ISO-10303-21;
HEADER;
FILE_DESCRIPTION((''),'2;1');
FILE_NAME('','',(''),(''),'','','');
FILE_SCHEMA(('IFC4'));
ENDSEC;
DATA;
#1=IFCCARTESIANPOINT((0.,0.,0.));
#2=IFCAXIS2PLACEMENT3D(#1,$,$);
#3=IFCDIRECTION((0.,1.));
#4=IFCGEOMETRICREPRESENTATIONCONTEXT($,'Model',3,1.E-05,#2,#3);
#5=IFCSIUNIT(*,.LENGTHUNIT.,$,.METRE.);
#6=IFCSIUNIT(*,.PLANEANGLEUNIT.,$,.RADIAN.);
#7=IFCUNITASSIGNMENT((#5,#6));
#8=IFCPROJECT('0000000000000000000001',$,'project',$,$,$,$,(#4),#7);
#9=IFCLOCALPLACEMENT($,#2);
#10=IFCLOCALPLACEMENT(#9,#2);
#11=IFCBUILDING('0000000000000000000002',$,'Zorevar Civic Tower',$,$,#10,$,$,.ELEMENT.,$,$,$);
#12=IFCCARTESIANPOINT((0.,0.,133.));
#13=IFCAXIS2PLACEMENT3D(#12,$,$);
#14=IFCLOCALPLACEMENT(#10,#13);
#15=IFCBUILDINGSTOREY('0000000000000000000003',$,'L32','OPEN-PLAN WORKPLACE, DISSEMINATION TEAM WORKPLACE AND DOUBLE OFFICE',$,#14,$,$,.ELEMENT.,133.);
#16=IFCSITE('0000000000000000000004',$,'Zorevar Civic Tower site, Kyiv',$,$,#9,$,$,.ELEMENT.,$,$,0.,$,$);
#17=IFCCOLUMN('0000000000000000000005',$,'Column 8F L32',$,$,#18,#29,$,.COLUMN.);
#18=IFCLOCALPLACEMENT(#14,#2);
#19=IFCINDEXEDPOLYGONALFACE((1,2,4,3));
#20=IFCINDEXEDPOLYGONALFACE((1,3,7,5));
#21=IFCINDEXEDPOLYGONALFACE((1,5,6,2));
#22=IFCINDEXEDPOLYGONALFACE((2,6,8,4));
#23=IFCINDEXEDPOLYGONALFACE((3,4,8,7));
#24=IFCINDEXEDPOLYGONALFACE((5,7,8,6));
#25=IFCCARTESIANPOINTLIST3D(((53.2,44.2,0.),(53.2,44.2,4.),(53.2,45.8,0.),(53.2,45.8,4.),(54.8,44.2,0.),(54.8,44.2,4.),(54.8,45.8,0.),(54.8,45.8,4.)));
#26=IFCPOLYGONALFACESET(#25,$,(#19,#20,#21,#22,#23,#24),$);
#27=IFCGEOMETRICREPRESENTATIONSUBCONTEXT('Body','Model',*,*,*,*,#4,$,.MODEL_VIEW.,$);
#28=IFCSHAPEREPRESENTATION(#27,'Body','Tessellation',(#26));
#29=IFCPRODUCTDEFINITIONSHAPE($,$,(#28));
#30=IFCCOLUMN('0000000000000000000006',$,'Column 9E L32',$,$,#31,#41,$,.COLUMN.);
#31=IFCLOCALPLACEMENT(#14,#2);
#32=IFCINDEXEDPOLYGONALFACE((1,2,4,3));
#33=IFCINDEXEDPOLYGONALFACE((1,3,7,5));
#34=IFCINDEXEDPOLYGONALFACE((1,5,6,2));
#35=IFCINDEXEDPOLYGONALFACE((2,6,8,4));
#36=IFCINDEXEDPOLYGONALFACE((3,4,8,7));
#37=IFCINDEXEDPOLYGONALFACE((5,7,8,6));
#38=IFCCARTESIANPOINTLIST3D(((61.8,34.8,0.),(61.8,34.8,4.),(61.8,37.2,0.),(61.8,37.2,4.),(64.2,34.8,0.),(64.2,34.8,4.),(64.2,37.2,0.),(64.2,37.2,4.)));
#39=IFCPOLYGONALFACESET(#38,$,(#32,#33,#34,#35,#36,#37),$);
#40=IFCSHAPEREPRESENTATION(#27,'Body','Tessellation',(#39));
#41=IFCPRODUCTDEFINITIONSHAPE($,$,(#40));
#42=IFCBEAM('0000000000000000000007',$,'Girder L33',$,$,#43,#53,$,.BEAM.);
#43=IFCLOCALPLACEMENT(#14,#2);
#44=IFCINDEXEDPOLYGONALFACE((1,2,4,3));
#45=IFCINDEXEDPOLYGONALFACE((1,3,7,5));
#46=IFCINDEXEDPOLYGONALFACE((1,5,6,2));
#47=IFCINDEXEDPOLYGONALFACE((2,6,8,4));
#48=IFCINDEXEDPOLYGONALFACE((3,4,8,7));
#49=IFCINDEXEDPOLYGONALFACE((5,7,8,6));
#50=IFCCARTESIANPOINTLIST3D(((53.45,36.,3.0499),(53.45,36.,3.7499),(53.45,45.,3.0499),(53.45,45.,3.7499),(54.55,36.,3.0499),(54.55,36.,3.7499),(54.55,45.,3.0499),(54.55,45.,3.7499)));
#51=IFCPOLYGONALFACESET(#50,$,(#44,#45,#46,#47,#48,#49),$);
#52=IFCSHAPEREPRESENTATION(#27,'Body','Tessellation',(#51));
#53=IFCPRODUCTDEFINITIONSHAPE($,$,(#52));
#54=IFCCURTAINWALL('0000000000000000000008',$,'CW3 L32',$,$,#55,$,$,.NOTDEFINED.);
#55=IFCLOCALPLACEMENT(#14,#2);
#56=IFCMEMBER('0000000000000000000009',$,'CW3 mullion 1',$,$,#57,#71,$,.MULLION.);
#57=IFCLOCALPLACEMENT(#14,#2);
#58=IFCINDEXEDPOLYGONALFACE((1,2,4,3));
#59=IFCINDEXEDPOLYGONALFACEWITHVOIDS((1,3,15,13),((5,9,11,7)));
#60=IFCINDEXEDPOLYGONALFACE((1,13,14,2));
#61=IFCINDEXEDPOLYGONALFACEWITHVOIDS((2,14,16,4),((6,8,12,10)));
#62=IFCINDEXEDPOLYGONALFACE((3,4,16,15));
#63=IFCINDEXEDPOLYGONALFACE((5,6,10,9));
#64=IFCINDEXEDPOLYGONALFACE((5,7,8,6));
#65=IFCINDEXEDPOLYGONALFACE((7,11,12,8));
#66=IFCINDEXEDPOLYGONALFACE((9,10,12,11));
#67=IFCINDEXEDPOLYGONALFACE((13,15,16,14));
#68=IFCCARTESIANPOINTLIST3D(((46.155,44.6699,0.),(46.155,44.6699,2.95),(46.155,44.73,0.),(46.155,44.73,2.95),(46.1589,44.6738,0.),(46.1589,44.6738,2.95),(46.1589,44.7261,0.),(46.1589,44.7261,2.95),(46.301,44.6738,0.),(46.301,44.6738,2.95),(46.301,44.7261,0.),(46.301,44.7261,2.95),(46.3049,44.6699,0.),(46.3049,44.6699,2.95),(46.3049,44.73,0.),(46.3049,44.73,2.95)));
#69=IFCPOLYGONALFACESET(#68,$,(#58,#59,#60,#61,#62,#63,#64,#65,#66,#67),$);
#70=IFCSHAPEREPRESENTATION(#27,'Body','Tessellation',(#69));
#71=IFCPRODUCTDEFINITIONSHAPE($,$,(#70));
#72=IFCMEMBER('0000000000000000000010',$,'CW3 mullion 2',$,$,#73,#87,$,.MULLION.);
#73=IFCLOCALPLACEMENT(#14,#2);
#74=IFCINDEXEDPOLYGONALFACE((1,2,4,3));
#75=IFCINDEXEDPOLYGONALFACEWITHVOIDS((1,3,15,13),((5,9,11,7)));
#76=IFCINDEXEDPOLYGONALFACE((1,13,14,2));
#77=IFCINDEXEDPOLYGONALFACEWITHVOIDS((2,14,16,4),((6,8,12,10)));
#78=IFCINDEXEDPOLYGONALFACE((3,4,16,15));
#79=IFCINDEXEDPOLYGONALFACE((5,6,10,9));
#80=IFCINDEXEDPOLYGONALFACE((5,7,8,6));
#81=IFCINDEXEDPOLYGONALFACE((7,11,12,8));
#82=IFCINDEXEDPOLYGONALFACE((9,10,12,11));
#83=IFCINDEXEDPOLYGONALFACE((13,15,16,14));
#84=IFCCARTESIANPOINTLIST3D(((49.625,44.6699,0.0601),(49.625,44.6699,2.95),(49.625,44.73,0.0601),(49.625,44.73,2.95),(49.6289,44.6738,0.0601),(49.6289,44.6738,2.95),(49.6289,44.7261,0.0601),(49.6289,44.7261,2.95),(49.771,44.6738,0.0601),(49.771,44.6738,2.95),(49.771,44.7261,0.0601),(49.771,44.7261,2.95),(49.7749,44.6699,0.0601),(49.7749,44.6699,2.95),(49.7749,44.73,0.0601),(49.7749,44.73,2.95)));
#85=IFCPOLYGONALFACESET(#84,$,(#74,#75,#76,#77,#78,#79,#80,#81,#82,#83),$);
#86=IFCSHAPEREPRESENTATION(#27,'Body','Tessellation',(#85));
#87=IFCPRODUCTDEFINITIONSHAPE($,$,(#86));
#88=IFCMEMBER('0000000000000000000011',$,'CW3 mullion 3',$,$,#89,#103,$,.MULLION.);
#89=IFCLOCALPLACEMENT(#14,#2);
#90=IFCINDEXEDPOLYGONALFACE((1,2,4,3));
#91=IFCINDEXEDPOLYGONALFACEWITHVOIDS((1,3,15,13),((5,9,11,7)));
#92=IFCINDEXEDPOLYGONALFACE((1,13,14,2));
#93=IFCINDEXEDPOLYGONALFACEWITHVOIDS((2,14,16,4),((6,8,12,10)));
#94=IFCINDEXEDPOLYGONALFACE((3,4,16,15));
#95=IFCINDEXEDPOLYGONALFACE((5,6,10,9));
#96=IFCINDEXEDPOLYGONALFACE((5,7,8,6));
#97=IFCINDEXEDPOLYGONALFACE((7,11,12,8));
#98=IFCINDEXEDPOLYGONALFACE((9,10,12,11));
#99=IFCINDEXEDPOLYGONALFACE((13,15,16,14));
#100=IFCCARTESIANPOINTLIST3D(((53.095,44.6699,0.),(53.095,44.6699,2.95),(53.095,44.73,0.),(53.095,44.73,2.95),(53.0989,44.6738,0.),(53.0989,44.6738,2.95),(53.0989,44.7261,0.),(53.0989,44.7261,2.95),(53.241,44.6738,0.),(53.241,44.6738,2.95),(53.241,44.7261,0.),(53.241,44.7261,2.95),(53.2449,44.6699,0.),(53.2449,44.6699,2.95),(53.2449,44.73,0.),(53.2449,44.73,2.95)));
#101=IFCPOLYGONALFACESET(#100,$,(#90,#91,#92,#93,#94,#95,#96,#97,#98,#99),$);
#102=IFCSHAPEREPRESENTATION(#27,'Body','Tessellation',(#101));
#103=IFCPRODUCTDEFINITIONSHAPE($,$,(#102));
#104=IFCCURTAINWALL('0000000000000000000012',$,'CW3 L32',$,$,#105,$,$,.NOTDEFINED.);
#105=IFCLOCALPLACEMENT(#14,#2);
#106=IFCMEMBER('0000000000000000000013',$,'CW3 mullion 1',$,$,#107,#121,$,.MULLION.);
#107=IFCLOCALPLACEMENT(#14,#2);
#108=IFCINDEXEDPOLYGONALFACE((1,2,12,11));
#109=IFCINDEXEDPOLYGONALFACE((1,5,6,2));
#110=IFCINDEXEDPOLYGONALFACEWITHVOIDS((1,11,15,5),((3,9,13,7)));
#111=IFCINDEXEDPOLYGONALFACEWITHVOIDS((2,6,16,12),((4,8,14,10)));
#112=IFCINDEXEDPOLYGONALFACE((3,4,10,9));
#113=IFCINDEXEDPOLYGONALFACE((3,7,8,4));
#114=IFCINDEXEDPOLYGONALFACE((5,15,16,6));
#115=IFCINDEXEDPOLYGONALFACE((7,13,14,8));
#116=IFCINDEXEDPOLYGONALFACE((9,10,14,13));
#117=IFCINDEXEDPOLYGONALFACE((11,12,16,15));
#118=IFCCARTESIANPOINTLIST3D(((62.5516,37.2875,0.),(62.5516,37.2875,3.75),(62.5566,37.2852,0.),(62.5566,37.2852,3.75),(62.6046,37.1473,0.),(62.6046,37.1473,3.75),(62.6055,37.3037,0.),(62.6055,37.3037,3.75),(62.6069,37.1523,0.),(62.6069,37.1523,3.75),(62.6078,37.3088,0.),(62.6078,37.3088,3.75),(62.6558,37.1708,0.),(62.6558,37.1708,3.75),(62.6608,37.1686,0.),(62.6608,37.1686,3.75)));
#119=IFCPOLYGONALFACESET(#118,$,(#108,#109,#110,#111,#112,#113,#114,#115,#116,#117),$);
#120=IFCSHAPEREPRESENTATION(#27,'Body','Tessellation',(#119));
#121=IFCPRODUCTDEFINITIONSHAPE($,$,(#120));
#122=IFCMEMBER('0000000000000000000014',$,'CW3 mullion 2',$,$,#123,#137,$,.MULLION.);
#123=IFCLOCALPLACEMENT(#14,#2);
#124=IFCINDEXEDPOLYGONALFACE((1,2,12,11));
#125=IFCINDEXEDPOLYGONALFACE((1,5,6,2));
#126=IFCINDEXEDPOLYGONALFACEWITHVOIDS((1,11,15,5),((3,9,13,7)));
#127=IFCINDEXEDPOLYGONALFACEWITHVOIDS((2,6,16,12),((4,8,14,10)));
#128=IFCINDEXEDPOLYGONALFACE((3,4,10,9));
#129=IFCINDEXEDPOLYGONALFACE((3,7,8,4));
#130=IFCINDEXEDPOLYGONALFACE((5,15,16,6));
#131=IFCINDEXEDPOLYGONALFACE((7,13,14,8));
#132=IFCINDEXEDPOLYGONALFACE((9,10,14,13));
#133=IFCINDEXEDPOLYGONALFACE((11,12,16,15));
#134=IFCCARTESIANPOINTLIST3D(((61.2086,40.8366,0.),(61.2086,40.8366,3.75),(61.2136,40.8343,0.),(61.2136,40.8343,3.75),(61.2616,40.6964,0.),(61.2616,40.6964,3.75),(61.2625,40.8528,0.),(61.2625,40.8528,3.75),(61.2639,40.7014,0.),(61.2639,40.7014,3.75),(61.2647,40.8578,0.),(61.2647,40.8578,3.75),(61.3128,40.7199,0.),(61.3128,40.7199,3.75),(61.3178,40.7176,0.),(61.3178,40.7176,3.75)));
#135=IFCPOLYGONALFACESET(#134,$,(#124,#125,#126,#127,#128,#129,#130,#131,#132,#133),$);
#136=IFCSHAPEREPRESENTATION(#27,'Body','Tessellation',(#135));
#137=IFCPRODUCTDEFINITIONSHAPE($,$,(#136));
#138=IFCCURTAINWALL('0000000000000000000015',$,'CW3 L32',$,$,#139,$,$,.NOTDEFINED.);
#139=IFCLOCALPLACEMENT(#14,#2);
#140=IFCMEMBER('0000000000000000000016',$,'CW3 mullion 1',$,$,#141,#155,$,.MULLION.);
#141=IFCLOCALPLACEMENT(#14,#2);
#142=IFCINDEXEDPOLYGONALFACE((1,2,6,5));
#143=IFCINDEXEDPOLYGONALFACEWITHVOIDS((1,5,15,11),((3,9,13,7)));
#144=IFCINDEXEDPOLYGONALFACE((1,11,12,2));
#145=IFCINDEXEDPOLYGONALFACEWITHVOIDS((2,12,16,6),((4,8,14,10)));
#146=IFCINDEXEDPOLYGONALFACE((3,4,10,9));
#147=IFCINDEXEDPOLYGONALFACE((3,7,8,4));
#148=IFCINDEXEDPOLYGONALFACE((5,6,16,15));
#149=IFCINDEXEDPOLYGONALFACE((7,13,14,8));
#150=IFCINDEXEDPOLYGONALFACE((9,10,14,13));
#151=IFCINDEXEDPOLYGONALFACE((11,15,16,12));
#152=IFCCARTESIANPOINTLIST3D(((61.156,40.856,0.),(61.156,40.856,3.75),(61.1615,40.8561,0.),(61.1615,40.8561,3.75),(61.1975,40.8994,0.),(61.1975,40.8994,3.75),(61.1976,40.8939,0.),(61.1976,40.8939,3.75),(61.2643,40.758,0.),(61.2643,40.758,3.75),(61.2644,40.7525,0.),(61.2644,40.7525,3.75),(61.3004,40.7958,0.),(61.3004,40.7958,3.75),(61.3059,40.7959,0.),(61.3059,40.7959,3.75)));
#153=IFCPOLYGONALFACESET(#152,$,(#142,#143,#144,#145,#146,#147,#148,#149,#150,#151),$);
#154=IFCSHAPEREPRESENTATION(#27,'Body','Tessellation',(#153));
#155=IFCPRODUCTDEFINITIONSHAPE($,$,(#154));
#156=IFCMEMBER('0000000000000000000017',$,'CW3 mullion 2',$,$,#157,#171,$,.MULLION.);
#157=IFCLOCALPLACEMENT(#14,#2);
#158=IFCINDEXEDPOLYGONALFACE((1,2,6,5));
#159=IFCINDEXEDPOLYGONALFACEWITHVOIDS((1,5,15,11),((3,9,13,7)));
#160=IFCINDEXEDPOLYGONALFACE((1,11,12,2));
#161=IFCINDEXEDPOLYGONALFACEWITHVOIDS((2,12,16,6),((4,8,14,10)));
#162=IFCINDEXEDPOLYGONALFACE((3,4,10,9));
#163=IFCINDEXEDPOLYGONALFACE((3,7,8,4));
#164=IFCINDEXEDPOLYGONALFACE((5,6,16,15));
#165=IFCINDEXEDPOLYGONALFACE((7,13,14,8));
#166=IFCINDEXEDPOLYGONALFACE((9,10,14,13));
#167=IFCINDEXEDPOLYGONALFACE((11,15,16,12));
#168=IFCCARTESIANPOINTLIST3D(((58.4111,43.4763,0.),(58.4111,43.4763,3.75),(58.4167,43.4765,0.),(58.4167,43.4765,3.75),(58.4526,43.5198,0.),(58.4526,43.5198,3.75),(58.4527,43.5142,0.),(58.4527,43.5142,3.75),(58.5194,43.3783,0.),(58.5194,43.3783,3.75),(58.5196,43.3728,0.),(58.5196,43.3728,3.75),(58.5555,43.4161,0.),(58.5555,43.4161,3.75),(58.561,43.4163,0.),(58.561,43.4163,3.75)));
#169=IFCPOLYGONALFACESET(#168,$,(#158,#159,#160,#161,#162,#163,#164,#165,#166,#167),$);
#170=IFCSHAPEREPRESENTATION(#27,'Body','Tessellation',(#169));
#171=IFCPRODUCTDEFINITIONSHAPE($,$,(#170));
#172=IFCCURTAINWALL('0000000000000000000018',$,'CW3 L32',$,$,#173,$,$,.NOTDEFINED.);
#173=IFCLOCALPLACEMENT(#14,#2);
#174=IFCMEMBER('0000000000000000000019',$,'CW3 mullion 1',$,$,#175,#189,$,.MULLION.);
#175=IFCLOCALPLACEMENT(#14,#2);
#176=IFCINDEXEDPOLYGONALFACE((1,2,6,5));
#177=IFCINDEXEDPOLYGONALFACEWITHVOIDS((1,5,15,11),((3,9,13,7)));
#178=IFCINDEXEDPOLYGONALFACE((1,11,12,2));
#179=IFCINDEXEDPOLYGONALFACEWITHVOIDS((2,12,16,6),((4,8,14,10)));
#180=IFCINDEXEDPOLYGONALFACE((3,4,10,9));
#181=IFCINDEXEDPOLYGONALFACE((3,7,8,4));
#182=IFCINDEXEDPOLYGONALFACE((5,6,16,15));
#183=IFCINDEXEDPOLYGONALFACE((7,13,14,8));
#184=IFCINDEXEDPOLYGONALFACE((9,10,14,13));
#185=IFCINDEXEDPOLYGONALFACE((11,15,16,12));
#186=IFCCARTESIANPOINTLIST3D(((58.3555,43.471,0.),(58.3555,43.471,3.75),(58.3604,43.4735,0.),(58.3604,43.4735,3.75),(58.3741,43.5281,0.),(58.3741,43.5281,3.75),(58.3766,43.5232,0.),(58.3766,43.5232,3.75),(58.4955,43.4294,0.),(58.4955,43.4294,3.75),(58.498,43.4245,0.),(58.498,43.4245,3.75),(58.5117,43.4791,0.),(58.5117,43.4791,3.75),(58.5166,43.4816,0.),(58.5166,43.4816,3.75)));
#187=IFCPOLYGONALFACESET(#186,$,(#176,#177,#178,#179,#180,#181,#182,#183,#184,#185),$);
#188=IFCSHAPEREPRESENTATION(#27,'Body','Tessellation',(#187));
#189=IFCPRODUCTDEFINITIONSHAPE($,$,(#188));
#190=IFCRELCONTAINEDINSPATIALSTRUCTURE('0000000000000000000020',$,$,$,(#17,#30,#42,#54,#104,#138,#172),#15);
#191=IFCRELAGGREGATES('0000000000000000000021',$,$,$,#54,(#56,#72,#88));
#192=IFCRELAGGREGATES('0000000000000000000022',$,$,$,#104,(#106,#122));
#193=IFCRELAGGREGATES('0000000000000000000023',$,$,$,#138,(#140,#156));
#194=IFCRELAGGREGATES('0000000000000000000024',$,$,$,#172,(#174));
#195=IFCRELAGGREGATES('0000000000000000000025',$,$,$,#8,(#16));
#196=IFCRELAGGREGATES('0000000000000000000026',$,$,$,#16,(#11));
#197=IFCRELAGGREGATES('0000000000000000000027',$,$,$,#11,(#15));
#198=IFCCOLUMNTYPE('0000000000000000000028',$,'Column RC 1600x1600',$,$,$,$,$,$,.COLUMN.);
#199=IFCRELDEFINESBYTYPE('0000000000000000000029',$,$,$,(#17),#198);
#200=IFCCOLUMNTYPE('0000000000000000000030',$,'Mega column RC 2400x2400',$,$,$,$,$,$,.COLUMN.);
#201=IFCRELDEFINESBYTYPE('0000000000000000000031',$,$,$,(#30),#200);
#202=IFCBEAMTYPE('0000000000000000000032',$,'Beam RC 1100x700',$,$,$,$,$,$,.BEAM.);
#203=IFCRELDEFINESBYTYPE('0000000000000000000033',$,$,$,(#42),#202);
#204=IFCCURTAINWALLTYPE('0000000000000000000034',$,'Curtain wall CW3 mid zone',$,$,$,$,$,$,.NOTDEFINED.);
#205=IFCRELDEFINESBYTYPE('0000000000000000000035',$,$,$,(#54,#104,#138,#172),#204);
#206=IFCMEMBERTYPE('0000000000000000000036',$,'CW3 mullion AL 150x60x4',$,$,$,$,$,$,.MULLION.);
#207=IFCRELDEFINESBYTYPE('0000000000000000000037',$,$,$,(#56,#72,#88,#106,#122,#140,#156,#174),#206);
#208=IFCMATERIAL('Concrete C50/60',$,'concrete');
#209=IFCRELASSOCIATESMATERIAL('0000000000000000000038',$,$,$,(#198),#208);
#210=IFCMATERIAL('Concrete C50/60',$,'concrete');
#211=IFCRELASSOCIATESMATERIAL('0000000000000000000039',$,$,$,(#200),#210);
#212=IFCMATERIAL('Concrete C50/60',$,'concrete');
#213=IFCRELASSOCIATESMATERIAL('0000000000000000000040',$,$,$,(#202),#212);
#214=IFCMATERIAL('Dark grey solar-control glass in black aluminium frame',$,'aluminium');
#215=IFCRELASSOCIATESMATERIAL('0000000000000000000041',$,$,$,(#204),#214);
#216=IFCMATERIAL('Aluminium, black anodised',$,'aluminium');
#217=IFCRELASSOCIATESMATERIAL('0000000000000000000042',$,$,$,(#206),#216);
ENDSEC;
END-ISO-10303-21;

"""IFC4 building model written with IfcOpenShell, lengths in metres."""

from ifc_helpers import new_model, si_unit, direction, frame, origin, origin_2d, place, context, subcontext, project, spatial, rectangle, hollow_rectangle, extrude, material, material_profile, profile_set, type_object, element, aggregate, save


model = new_model("IFC4")

# Units and contexts
model_context = context("Model", 3, precision=1e-05, world=origin(), true_north=direction((0.0, 1.0)))
body_context = subcontext(model_context, "Body", "Model", "MODEL_VIEW")
ifc_project = project(units=[si_unit("LENGTHUNIT", "METRE"), si_unit("PLANEANGLEUNIT", "RADIAN")], contexts=[model_context])

# Site, building, storey
site_placement = place(None, origin())
site = spatial("IfcSite", under=ifc_project, at=site_placement, Name="Zorevar Civic Tower site, Kyiv", CompositionType="ELEMENT", RefElevation=0.0)
building_placement = place(site_placement, origin())
building = spatial("IfcBuilding", under=site, at=building_placement, Name="Zorevar Civic Tower", CompositionType="ELEMENT")
storey_placement = place(building_placement, frame((0.0, 0.0, 133.0)))
storey = spatial("IfcBuildingStorey", under=building, at=storey_placement, Name="L32", Description="OPEN-PLAN WORKPLACE, DISSEMINATION TEAM WORKPLACE AND DOUBLE OFFICE", CompositionType="ELEMENT", Elevation=133.0)

# Columns
ifc_material_1 = material(Name="Concrete C50/60", Category="concrete")
ifc_material_profile_1 = material_profile(ifc_material_1, rectangle(XDim=1.6001, YDim=1.6001, at=origin_2d()), Name="RC 1600x1600")
ifc_profile_set_1 = profile_set([ifc_material_profile_1], Name="Concrete C50/60")
column_type_1 = type_object("IfcColumnType", Name="Column RC 1600x1600", PredefinedType="COLUMN", material=ifc_profile_set_1)
column_1_placement = place(storey_placement, frame((54.0, 45.0, 0.0), z_axis=(0.0, 0.0, 1.0), x_axis=(1.0, 0.0, 0.0)))
element("IfcColumn", 1, at=column_1_placement, inside=storey, type_object=column_type_1, Name="Column 8F L32", PredefinedType="COLUMN", context=body_context, shape_type="SweptSolid", body=[
    extrude(rectangle(XDim=1.6001, YDim=1.6001, at=origin_2d()), origin(), (0.0, 0.0, 1.0), 4.0),
])
ifc_material_2 = material(Name="Concrete C50/60", Category="concrete")
ifc_material_profile_2 = material_profile(ifc_material_2, rectangle(XDim=2.3999, YDim=2.3999, at=origin_2d()), Name="RC 2400x2400")
ifc_profile_set_2 = profile_set([ifc_material_profile_2], Name="Concrete C50/60")
column_type_2 = type_object("IfcColumnType", Name="Mega column RC 2400x2400", PredefinedType="COLUMN", material=ifc_profile_set_2)
column_2_placement = place(storey_placement, frame((63.0, 36.0, 0.0), z_axis=(0.0, 0.0, 1.0), x_axis=(1.0, 0.0, 0.0)))
element("IfcColumn", 2, at=column_2_placement, inside=storey, type_object=column_type_2, Name="Column 9E L32", PredefinedType="COLUMN", context=body_context, shape_type="SweptSolid", body=[
    extrude(rectangle(XDim=2.3999, YDim=2.3999, at=origin_2d()), origin(), (0.0, 0.0, 1.0), 4.0),
])

# Beam
ifc_material_3 = material(Name="Concrete C50/60", Category="concrete")
ifc_material_profile_3 = material_profile(ifc_material_3, rectangle(XDim=1.1001, YDim=0.7, at=origin_2d()), Name="RC 1100x700")
ifc_profile_set_3 = profile_set([ifc_material_profile_3], Name="Concrete C50/60")
beam_type_1 = type_object("IfcBeamType", Name="Beam RC 1100x700", PredefinedType="BEAM", material=ifc_profile_set_3)
beam_1_placement = place(storey_placement, frame((54.0, 36.0, 3.3999), z_axis=(0.0, 1.0, 0.0), x_axis=(-1.0, 0.0, 0.0)))
element("IfcBeam", 3, at=beam_1_placement, inside=storey, type_object=beam_type_1, Name="Girder L33", PredefinedType="BEAM", context=body_context, shape_type="SweptSolid", body=[
    extrude(rectangle(XDim=1.1001, YDim=0.7, at=origin_2d()), origin(), (0.0, 0.0, 1.0), 9.0),
])

# Curtain walls, members
ifc_material_4 = material(Name="Dark grey solar-control glass in black aluminium frame", Category="aluminium")
curtain_wall_type = type_object("IfcCurtainWallType", Name="Curtain wall CW3 mid zone", PredefinedType="NOTDEFINED", material=ifc_material_4)
curtain_wall_1_placement = place(storey_placement, origin())
curtain_wall_1 = element("IfcCurtainWall", 4, at=curtain_wall_1_placement, inside=storey, type_object=curtain_wall_type, Name="CW3 L32", PredefinedType="NOTDEFINED")
ifc_material_5 = material(Name="Aluminium, black anodised", Category="aluminium")
ifc_material_profile_4 = material_profile(ifc_material_5, hollow_rectangle(XDim=0.0601, YDim=0.1499, WallThickness=0.0039, at=origin_2d()), Name="AL 150x60x4")
ifc_profile_set_4 = profile_set([ifc_material_profile_4], Name="Aluminium, black anodised")
member_type_1 = type_object("IfcMemberType", Name="CW3 mullion AL 150x60x4", PredefinedType="MULLION", material=ifc_profile_set_4)
member_1_placement = place(storey_placement, frame((46.23, 44.7, 0.0), z_axis=(0.0, 0.0, 1.0), x_axis=(0.0, 1.0, 0.0)))
member_1 = element("IfcMember", 5, at=member_1_placement, type_object=member_type_1, Name="CW3 mullion 1", PredefinedType="MULLION", context=body_context, shape_type="SweptSolid", body=[
    extrude(hollow_rectangle(XDim=0.0601, YDim=0.1499, WallThickness=0.0039, at=origin_2d()), origin(), (0.0, 0.0, 1.0), 2.95),
])
member_2_placement = place(storey_placement, frame((49.7, 44.7, 0.0601), z_axis=(0.0, 0.0, 1.0), x_axis=(0.0, 1.0, 0.0)))
member_2 = element("IfcMember", 6, at=member_2_placement, type_object=member_type_1, Name="CW3 mullion 2", PredefinedType="MULLION", context=body_context, shape_type="SweptSolid", body=[
    extrude(hollow_rectangle(XDim=0.0601, YDim=0.1499, WallThickness=0.0039, at=origin_2d()), origin(), (0.0, 0.0, 1.0), 2.8899),
])
member_3_placement = place(storey_placement, frame((53.1699, 44.7, 0.0), z_axis=(0.0, 0.0, 1.0), x_axis=(0.0, 1.0, 0.0)))
member_3 = element("IfcMember", 7, at=member_3_placement, type_object=member_type_1, Name="CW3 mullion 3", PredefinedType="MULLION", context=body_context, shape_type="SweptSolid", body=[
    extrude(hollow_rectangle(XDim=0.0601, YDim=0.1499, WallThickness=0.0039, at=origin_2d()), origin(), (0.0, 0.0, 1.0), 2.95),
])
curtain_wall_2_placement = place(storey_placement, origin())
curtain_wall_2 = element("IfcCurtainWall", 8, at=curtain_wall_2_placement, inside=storey, type_object=curtain_wall_type, Name="CW3 L32", PredefinedType="NOTDEFINED")
member_4_placement = place(storey_placement, frame((62.6062, 37.228, 0.0), z_axis=(0.0, 0.0, 1.0), x_axis=(-0.935277, -0.353918, 0.0)))
member_4 = element("IfcMember", 9, at=member_4_placement, type_object=member_type_1, Name="CW3 mullion 1", PredefinedType="MULLION", context=body_context, shape_type="SweptSolid", body=[
    extrude(hollow_rectangle(XDim=0.0601, YDim=0.1499, WallThickness=0.0039, at=origin_2d()), origin(), (0.0, 0.0, 1.0), 3.75),
])
member_5_placement = place(storey_placement, frame((61.2632, 40.7771, 0.0), z_axis=(0.0, 0.0, 1.0), x_axis=(-0.935277, -0.353918, 0.0)))
member_5 = element("IfcMember", 10, at=member_5_placement, type_object=member_type_1, Name="CW3 mullion 2", PredefinedType="MULLION", context=body_context, shape_type="SweptSolid", body=[
    extrude(hollow_rectangle(XDim=0.0601, YDim=0.1499, WallThickness=0.0039, at=origin_2d()), origin(), (0.0, 0.0, 1.0), 3.75),
])
curtain_wall_3_placement = place(storey_placement, origin())
curtain_wall_3 = element("IfcCurtainWall", 11, at=curtain_wall_3_placement, inside=storey, type_object=curtain_wall_type, Name="CW3 L32", PredefinedType="NOTDEFINED")
member_6_placement = place(storey_placement, frame((61.231, 40.8259, 0.0), z_axis=(0.0, 0.0, 1.0), x_axis=(-0.690545, -0.723289, 0.0)))
member_6 = element("IfcMember", 12, at=member_6_placement, type_object=member_type_1, Name="CW3 mullion 1", PredefinedType="MULLION", context=body_context, shape_type="SweptSolid", body=[
    extrude(hollow_rectangle(XDim=0.0601, YDim=0.1499, WallThickness=0.0039, at=origin_2d()), origin(), (0.0, 0.0, 1.0), 3.75),
])
member_7_placement = place(storey_placement, frame((58.4861, 43.4463, 0.0), z_axis=(0.0, 0.0, 1.0), x_axis=(-0.690545, -0.723289, 0.0)))
member_7 = element("IfcMember", 13, at=member_7_placement, type_object=member_type_1, Name="CW3 mullion 2", PredefinedType="MULLION", context=body_context, shape_type="SweptSolid", body=[
    extrude(hollow_rectangle(XDim=0.0601, YDim=0.1499, WallThickness=0.0039, at=origin_2d()), origin(), (0.0, 0.0, 1.0), 3.75),
])
curtain_wall_4_placement = place(storey_placement, origin())
curtain_wall_4 = element("IfcCurtainWall", 14, at=curtain_wall_4_placement, inside=storey, type_object=curtain_wall_type, Name="CW3 L32", PredefinedType="NOTDEFINED")
member_8_placement = place(storey_placement, frame((58.436, 43.4763, 0.0), z_axis=(0.0, 0.0, 1.0), x_axis=(-0.310263, -0.950651, 0.0)))
member_8 = element("IfcMember", 15, at=member_8_placement, type_object=member_type_1, Name="CW3 mullion 1", PredefinedType="MULLION", context=body_context, shape_type="SweptSolid", body=[
    extrude(hollow_rectangle(XDim=0.0601, YDim=0.1499, WallThickness=0.0039, at=origin_2d()), origin(), (0.0, 0.0, 1.0), 3.75),
])

aggregate(curtain_wall_1, [member_1, member_2, member_3])
aggregate(curtain_wall_2, [member_4, member_5])
aggregate(curtain_wall_3, [member_6, member_7])
aggregate(curtain_wall_4, [member_8])

save(model, "model.ifc")
